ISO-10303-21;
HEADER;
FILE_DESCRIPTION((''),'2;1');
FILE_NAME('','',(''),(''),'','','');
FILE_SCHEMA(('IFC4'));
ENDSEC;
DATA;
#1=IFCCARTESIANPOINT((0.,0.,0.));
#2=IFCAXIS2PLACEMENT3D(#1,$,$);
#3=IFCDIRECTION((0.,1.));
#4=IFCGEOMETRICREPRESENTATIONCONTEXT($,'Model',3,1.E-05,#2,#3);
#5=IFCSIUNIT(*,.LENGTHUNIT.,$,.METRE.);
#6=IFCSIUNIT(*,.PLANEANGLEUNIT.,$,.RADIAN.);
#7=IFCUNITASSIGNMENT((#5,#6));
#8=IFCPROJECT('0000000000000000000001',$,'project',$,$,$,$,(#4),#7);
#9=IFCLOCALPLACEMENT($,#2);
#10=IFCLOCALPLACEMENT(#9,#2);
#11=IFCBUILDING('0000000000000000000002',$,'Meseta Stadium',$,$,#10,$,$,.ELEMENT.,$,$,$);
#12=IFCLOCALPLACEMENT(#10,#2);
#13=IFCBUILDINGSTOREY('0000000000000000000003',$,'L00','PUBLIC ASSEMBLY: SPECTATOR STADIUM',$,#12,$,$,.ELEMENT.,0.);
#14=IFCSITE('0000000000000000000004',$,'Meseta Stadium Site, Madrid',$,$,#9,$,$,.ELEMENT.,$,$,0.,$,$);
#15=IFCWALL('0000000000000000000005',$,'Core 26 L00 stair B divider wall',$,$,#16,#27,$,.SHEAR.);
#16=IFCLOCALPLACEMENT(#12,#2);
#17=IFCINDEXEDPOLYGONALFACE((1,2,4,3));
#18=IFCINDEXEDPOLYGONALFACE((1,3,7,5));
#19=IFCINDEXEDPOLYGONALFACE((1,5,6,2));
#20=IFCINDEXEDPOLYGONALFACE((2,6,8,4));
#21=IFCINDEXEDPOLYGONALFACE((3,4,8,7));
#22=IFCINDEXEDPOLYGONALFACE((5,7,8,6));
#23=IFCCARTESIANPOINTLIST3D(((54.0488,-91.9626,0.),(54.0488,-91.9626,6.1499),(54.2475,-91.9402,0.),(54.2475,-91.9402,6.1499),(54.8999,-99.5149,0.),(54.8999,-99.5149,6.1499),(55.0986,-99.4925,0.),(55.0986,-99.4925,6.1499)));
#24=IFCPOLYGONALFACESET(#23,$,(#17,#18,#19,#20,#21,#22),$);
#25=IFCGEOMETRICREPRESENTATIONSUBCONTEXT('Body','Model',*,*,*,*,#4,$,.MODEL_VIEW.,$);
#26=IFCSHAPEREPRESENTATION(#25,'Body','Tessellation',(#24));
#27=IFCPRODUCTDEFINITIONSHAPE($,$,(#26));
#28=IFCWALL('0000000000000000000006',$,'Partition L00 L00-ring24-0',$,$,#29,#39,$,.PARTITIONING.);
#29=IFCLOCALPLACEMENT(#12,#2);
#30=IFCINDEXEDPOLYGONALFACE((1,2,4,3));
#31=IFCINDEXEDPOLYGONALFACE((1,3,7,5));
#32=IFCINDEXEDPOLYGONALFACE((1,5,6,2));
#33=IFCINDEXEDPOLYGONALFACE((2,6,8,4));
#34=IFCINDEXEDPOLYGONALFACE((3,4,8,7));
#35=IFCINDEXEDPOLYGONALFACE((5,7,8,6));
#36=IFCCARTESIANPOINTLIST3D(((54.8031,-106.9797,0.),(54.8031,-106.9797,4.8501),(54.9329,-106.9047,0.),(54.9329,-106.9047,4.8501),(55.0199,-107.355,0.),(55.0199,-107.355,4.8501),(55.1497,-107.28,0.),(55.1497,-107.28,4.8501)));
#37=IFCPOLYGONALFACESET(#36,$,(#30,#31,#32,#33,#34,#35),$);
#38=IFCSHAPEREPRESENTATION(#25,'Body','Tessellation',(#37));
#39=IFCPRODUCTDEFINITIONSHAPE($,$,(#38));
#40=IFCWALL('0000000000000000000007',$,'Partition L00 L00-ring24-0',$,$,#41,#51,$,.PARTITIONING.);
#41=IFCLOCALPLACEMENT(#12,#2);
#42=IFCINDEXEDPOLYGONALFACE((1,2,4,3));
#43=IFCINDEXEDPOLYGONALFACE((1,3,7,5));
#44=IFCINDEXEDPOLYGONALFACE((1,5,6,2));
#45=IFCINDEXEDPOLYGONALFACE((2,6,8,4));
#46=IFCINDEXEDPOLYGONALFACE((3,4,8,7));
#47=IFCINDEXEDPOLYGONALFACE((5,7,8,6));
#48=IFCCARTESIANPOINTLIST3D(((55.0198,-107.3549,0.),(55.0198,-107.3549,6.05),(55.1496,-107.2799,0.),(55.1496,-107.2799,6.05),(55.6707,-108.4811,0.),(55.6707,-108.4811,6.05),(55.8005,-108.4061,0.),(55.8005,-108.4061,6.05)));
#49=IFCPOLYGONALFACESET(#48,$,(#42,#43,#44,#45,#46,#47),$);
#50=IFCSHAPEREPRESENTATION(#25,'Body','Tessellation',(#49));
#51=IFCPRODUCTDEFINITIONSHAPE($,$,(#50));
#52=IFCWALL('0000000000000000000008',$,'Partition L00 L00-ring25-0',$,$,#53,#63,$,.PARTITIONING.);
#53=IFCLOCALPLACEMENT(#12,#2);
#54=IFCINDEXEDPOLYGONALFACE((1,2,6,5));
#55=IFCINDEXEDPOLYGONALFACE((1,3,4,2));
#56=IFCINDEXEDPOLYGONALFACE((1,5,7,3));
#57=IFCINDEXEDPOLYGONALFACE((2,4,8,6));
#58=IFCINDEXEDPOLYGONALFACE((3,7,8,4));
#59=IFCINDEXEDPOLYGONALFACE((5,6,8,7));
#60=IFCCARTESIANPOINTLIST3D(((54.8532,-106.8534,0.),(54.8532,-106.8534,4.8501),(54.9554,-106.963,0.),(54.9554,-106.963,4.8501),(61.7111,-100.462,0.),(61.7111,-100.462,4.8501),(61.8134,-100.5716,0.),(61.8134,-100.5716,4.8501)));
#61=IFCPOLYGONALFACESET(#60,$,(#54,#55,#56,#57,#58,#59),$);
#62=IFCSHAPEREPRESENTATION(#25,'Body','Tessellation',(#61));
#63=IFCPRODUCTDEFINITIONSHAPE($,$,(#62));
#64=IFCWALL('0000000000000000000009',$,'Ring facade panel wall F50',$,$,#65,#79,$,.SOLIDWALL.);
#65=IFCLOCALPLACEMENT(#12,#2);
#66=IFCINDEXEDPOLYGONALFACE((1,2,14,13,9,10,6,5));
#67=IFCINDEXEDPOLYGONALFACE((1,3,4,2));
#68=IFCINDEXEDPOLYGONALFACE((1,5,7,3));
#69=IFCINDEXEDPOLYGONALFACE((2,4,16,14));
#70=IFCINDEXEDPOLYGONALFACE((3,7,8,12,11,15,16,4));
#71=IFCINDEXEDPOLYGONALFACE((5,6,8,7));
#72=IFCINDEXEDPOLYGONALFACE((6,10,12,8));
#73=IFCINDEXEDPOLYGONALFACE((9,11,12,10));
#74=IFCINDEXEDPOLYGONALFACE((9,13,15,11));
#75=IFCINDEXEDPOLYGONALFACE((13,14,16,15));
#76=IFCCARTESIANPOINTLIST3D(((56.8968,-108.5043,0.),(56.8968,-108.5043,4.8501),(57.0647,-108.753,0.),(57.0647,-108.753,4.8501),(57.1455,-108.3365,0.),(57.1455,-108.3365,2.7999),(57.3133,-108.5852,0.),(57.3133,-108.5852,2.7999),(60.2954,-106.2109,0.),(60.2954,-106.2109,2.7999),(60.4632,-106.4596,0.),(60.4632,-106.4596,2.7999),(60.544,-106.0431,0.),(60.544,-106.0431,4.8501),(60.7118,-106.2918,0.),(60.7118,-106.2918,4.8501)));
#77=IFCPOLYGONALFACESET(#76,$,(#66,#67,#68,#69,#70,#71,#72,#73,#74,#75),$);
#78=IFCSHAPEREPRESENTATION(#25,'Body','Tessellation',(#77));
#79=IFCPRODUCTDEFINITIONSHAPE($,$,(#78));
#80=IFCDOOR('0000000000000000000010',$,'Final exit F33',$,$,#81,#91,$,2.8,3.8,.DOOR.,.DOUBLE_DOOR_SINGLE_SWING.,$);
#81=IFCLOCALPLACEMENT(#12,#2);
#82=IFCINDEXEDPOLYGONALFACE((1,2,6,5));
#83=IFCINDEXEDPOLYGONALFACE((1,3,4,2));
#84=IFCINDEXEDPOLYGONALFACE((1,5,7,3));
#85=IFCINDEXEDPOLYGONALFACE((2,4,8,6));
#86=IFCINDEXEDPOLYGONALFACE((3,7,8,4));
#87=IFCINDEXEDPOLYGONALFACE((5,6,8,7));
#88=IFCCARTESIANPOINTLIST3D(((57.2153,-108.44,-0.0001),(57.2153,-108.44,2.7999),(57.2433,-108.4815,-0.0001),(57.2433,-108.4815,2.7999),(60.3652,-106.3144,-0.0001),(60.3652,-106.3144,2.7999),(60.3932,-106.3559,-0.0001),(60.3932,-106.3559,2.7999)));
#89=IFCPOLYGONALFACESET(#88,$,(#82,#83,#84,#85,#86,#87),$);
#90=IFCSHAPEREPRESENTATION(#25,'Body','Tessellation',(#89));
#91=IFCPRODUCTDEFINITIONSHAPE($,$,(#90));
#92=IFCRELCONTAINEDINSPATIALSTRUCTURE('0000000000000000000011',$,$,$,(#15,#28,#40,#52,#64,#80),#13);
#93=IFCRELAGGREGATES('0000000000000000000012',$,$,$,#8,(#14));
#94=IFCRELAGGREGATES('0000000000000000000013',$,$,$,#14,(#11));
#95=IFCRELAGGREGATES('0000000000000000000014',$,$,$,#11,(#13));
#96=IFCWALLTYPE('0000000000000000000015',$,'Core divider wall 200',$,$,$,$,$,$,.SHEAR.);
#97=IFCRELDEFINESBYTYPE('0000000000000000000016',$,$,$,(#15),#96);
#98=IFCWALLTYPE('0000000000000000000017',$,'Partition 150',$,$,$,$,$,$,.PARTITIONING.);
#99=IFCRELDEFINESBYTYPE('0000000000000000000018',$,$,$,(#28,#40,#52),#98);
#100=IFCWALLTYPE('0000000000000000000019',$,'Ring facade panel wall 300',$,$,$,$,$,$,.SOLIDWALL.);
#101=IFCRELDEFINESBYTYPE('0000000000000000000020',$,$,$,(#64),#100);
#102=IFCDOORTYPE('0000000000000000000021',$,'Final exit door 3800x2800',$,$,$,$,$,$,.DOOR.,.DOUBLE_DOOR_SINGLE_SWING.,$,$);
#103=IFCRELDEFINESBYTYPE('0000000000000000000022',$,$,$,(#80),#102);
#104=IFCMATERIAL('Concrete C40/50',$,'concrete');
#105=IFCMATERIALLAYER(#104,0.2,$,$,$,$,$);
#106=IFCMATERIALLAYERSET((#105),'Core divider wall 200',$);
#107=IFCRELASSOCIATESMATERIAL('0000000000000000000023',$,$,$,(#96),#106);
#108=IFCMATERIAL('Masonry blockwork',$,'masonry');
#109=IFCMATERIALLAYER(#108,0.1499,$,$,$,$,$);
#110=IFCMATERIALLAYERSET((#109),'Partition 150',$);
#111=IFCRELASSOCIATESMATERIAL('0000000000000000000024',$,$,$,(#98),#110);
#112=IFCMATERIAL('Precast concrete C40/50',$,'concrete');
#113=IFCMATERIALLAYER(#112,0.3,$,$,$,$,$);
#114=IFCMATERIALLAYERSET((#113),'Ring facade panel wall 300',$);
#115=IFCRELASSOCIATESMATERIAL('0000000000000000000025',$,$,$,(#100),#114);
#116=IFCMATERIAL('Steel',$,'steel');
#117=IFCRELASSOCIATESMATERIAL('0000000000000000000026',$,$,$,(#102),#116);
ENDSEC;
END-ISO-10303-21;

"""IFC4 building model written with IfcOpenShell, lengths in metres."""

from ifc_helpers import new_model, si_unit, direction, frame, frame_2d, origin, place, context, subcontext, project, spatial, rectangle, extrude, material, layer, layer_set, type_object, element, fill, save


model = new_model("IFC4")

# Units and contexts
model_context = context("Model", 3, precision=1e-05, world=origin(), true_north=direction((0.0, 1.0)))
body_context = subcontext(model_context, "Body", "Model", "MODEL_VIEW")
ifc_project = project(units=[si_unit("LENGTHUNIT", "METRE"), si_unit("PLANEANGLEUNIT", "RADIAN")], contexts=[model_context])

# Site, building, storey
site_placement = place(None, origin())
site = spatial("IfcSite", under=ifc_project, at=site_placement, Name="Meseta Stadium Site, Madrid", CompositionType="ELEMENT", RefElevation=0.0)
building_placement = place(site_placement, origin())
building = spatial("IfcBuilding", under=site, at=building_placement, Name="Meseta Stadium", CompositionType="ELEMENT")
storey_placement = place(building_placement, origin())
storey = spatial("IfcBuildingStorey", under=building, at=storey_placement, Name="L00", Description="PUBLIC ASSEMBLY: SPECTATOR STADIUM", CompositionType="ELEMENT", Elevation=0.0)

# Walls
ifc_material_1 = material(Name="Concrete C40/50", Category="concrete")
ifc_layer_1 = layer(ifc_material_1, 0.2)
ifc_layer_set_1 = layer_set([ifc_layer_1], Name="Core divider wall 200")
wall_type_1 = type_object("IfcWallType", Name="Core divider wall 200", PredefinedType="SHEAR", material=ifc_layer_set_1)
wall_1_placement = place(storey_placement, frame((54.9993, -99.5037, 0.0), z_axis=(0.0, 0.0, 1.0), x_axis=(-0.111983, 0.99371, 0.0)))
element("IfcWall", 1, at=wall_1_placement, inside=storey, type_object=wall_type_1, Name="Core 26 L00 stair B divider wall", PredefinedType="SHEAR", context=body_context, shape_type="SweptSolid", body=[
    extrude(rectangle(XDim=7.6001, YDim=0.2, at=frame_2d((3.8, 0.0))), origin(), (0.0, 0.0, 1.0), 6.1499),
])
ifc_material_2 = material(Name="Masonry blockwork", Category="masonry")
ifc_layer_2 = layer(ifc_material_2, 0.1499)
ifc_layer_set_2 = layer_set([ifc_layer_2], Name="Partition 150")
wall_type_2 = type_object("IfcWallType", Name="Partition 150", PredefinedType="PARTITIONING", material=ifc_layer_set_2)
wall_2_placement = place(storey_placement, frame((54.8679, -106.9421, 0.0), z_axis=(0.0, 0.0, 1.0), x_axis=(0.500259, -0.865876, 0.0)))
element("IfcWall", 2, at=wall_2_placement, inside=storey, type_object=wall_type_2, Name="Partition L00 L00-ring24-0", PredefinedType="PARTITIONING", context=body_context, shape_type="SweptSolid", body=[
    extrude(rectangle(XDim=0.4333, YDim=0.1499, at=frame_2d((0.2168, 0.0))), origin(), (0.0, 0.0, 1.0), 4.8501),
])
wall_3_placement = place(storey_placement, frame((55.0847, -107.3174, 0.0), z_axis=(0.0, 0.0, 1.0), x_axis=(0.500378, -0.865807, 0.0)))
element("IfcWall", 3, at=wall_3_placement, inside=storey, type_object=wall_type_2, Name="Partition L00 L00-ring24-0", PredefinedType="PARTITIONING", context=body_context, shape_type="SweptSolid", body=[
    extrude(rectangle(XDim=1.3008, YDim=0.1499, at=frame_2d((0.6504, 0.0))), origin(), (0.0, 0.0, 1.0), 6.05),
])
wall_4_placement = place(storey_placement, frame((54.9043, -106.9082, 0.0), z_axis=(0.0, 0.0, 1.0), x_axis=(0.731553, 0.681785, 0.0)))
element("IfcWall", 4, at=wall_4_placement, inside=storey, type_object=wall_type_2, Name="Partition L00 L00-ring25-0", PredefinedType="PARTITIONING", context=body_context, shape_type="SweptSolid", body=[
    extrude(rectangle(XDim=9.3745, YDim=0.1499, at=frame_2d((4.6873, 0.0))), origin(), (0.0, 0.0, 1.0), 4.8501),
])

# Wall, opening, door
ifc_material_3 = material(Name="Precast concrete C40/50", Category="concrete")
ifc_layer_3 = layer(ifc_material_3, 0.3)
ifc_layer_set_3 = layer_set([ifc_layer_3], Name="Ring facade panel wall 300")
wall_type_3 = type_object("IfcWallType", Name="Ring facade panel wall 300", PredefinedType="SOLIDWALL", material=ifc_layer_set_3)
wall_5_placement = place(storey_placement, frame((60.6279, -106.1675, 0.0), z_axis=(0.0, 0.0, 1.0), x_axis=(-0.828921, -0.559365, 0.0)))
wall_5 = element("IfcWall", 5, at=wall_5_placement, inside=storey, type_object=wall_type_3, Name="Ring facade panel wall F50", PredefinedType="SOLIDWALL", context=body_context, shape_type="SweptSolid", body=[
    extrude(rectangle(XDim=4.3999, YDim=0.3, at=frame_2d((2.2, 0.0))), origin(), (0.0, 0.0, 1.0), 4.8501),
])
opening_placement = place(wall_5_placement, frame((0.3, 0.0, 0.0)))
opening = element("IfcOpeningElement", 6, at=opening_placement, cuts=wall_5, PredefinedType="OPENING", context=body_context, shape_type="SweptSolid", body=[
    extrude(rectangle(XDim=3.8, YDim=2.8, at=frame_2d((1.8999, 1.3999))), frame((0.0, 0.1599, 0.0), z_axis=(0.0, -1.0, 0.0), x_axis=(1.0, 0.0, 0.0)), (0.0, 0.0, 1.0), 0.3201),
])
ifc_material_4 = material(Name="Steel", Category="steel")
door_type = type_object("IfcDoorType", Name="Final exit door 3800x2800", OperationType="DOUBLE_DOOR_SINGLE_SWING", PredefinedType="DOOR", material=ifc_material_4)
door_placement = place(opening_placement, origin())
door = element("IfcDoor", 7, at=door_placement, inside=storey, type_object=door_type, Name="Final exit F33", OperationType="DOUBLE_DOOR_SINGLE_SWING", OverallHeight=2.8, OverallWidth=3.8, PredefinedType="DOOR", context=body_context, shape_type="SweptSolid", body=[
    extrude(rectangle(XDim=3.8, YDim=2.8, at=frame_2d((1.8999, 1.3999))), frame((0.0, 0.0249, 0.0), z_axis=(0.0, -1.0, 0.0), x_axis=(1.0, 0.0, 0.0)), (0.0, 0.0, 1.0), 0.05),
])
fill(opening, door)

save(model, "model.ifc")
